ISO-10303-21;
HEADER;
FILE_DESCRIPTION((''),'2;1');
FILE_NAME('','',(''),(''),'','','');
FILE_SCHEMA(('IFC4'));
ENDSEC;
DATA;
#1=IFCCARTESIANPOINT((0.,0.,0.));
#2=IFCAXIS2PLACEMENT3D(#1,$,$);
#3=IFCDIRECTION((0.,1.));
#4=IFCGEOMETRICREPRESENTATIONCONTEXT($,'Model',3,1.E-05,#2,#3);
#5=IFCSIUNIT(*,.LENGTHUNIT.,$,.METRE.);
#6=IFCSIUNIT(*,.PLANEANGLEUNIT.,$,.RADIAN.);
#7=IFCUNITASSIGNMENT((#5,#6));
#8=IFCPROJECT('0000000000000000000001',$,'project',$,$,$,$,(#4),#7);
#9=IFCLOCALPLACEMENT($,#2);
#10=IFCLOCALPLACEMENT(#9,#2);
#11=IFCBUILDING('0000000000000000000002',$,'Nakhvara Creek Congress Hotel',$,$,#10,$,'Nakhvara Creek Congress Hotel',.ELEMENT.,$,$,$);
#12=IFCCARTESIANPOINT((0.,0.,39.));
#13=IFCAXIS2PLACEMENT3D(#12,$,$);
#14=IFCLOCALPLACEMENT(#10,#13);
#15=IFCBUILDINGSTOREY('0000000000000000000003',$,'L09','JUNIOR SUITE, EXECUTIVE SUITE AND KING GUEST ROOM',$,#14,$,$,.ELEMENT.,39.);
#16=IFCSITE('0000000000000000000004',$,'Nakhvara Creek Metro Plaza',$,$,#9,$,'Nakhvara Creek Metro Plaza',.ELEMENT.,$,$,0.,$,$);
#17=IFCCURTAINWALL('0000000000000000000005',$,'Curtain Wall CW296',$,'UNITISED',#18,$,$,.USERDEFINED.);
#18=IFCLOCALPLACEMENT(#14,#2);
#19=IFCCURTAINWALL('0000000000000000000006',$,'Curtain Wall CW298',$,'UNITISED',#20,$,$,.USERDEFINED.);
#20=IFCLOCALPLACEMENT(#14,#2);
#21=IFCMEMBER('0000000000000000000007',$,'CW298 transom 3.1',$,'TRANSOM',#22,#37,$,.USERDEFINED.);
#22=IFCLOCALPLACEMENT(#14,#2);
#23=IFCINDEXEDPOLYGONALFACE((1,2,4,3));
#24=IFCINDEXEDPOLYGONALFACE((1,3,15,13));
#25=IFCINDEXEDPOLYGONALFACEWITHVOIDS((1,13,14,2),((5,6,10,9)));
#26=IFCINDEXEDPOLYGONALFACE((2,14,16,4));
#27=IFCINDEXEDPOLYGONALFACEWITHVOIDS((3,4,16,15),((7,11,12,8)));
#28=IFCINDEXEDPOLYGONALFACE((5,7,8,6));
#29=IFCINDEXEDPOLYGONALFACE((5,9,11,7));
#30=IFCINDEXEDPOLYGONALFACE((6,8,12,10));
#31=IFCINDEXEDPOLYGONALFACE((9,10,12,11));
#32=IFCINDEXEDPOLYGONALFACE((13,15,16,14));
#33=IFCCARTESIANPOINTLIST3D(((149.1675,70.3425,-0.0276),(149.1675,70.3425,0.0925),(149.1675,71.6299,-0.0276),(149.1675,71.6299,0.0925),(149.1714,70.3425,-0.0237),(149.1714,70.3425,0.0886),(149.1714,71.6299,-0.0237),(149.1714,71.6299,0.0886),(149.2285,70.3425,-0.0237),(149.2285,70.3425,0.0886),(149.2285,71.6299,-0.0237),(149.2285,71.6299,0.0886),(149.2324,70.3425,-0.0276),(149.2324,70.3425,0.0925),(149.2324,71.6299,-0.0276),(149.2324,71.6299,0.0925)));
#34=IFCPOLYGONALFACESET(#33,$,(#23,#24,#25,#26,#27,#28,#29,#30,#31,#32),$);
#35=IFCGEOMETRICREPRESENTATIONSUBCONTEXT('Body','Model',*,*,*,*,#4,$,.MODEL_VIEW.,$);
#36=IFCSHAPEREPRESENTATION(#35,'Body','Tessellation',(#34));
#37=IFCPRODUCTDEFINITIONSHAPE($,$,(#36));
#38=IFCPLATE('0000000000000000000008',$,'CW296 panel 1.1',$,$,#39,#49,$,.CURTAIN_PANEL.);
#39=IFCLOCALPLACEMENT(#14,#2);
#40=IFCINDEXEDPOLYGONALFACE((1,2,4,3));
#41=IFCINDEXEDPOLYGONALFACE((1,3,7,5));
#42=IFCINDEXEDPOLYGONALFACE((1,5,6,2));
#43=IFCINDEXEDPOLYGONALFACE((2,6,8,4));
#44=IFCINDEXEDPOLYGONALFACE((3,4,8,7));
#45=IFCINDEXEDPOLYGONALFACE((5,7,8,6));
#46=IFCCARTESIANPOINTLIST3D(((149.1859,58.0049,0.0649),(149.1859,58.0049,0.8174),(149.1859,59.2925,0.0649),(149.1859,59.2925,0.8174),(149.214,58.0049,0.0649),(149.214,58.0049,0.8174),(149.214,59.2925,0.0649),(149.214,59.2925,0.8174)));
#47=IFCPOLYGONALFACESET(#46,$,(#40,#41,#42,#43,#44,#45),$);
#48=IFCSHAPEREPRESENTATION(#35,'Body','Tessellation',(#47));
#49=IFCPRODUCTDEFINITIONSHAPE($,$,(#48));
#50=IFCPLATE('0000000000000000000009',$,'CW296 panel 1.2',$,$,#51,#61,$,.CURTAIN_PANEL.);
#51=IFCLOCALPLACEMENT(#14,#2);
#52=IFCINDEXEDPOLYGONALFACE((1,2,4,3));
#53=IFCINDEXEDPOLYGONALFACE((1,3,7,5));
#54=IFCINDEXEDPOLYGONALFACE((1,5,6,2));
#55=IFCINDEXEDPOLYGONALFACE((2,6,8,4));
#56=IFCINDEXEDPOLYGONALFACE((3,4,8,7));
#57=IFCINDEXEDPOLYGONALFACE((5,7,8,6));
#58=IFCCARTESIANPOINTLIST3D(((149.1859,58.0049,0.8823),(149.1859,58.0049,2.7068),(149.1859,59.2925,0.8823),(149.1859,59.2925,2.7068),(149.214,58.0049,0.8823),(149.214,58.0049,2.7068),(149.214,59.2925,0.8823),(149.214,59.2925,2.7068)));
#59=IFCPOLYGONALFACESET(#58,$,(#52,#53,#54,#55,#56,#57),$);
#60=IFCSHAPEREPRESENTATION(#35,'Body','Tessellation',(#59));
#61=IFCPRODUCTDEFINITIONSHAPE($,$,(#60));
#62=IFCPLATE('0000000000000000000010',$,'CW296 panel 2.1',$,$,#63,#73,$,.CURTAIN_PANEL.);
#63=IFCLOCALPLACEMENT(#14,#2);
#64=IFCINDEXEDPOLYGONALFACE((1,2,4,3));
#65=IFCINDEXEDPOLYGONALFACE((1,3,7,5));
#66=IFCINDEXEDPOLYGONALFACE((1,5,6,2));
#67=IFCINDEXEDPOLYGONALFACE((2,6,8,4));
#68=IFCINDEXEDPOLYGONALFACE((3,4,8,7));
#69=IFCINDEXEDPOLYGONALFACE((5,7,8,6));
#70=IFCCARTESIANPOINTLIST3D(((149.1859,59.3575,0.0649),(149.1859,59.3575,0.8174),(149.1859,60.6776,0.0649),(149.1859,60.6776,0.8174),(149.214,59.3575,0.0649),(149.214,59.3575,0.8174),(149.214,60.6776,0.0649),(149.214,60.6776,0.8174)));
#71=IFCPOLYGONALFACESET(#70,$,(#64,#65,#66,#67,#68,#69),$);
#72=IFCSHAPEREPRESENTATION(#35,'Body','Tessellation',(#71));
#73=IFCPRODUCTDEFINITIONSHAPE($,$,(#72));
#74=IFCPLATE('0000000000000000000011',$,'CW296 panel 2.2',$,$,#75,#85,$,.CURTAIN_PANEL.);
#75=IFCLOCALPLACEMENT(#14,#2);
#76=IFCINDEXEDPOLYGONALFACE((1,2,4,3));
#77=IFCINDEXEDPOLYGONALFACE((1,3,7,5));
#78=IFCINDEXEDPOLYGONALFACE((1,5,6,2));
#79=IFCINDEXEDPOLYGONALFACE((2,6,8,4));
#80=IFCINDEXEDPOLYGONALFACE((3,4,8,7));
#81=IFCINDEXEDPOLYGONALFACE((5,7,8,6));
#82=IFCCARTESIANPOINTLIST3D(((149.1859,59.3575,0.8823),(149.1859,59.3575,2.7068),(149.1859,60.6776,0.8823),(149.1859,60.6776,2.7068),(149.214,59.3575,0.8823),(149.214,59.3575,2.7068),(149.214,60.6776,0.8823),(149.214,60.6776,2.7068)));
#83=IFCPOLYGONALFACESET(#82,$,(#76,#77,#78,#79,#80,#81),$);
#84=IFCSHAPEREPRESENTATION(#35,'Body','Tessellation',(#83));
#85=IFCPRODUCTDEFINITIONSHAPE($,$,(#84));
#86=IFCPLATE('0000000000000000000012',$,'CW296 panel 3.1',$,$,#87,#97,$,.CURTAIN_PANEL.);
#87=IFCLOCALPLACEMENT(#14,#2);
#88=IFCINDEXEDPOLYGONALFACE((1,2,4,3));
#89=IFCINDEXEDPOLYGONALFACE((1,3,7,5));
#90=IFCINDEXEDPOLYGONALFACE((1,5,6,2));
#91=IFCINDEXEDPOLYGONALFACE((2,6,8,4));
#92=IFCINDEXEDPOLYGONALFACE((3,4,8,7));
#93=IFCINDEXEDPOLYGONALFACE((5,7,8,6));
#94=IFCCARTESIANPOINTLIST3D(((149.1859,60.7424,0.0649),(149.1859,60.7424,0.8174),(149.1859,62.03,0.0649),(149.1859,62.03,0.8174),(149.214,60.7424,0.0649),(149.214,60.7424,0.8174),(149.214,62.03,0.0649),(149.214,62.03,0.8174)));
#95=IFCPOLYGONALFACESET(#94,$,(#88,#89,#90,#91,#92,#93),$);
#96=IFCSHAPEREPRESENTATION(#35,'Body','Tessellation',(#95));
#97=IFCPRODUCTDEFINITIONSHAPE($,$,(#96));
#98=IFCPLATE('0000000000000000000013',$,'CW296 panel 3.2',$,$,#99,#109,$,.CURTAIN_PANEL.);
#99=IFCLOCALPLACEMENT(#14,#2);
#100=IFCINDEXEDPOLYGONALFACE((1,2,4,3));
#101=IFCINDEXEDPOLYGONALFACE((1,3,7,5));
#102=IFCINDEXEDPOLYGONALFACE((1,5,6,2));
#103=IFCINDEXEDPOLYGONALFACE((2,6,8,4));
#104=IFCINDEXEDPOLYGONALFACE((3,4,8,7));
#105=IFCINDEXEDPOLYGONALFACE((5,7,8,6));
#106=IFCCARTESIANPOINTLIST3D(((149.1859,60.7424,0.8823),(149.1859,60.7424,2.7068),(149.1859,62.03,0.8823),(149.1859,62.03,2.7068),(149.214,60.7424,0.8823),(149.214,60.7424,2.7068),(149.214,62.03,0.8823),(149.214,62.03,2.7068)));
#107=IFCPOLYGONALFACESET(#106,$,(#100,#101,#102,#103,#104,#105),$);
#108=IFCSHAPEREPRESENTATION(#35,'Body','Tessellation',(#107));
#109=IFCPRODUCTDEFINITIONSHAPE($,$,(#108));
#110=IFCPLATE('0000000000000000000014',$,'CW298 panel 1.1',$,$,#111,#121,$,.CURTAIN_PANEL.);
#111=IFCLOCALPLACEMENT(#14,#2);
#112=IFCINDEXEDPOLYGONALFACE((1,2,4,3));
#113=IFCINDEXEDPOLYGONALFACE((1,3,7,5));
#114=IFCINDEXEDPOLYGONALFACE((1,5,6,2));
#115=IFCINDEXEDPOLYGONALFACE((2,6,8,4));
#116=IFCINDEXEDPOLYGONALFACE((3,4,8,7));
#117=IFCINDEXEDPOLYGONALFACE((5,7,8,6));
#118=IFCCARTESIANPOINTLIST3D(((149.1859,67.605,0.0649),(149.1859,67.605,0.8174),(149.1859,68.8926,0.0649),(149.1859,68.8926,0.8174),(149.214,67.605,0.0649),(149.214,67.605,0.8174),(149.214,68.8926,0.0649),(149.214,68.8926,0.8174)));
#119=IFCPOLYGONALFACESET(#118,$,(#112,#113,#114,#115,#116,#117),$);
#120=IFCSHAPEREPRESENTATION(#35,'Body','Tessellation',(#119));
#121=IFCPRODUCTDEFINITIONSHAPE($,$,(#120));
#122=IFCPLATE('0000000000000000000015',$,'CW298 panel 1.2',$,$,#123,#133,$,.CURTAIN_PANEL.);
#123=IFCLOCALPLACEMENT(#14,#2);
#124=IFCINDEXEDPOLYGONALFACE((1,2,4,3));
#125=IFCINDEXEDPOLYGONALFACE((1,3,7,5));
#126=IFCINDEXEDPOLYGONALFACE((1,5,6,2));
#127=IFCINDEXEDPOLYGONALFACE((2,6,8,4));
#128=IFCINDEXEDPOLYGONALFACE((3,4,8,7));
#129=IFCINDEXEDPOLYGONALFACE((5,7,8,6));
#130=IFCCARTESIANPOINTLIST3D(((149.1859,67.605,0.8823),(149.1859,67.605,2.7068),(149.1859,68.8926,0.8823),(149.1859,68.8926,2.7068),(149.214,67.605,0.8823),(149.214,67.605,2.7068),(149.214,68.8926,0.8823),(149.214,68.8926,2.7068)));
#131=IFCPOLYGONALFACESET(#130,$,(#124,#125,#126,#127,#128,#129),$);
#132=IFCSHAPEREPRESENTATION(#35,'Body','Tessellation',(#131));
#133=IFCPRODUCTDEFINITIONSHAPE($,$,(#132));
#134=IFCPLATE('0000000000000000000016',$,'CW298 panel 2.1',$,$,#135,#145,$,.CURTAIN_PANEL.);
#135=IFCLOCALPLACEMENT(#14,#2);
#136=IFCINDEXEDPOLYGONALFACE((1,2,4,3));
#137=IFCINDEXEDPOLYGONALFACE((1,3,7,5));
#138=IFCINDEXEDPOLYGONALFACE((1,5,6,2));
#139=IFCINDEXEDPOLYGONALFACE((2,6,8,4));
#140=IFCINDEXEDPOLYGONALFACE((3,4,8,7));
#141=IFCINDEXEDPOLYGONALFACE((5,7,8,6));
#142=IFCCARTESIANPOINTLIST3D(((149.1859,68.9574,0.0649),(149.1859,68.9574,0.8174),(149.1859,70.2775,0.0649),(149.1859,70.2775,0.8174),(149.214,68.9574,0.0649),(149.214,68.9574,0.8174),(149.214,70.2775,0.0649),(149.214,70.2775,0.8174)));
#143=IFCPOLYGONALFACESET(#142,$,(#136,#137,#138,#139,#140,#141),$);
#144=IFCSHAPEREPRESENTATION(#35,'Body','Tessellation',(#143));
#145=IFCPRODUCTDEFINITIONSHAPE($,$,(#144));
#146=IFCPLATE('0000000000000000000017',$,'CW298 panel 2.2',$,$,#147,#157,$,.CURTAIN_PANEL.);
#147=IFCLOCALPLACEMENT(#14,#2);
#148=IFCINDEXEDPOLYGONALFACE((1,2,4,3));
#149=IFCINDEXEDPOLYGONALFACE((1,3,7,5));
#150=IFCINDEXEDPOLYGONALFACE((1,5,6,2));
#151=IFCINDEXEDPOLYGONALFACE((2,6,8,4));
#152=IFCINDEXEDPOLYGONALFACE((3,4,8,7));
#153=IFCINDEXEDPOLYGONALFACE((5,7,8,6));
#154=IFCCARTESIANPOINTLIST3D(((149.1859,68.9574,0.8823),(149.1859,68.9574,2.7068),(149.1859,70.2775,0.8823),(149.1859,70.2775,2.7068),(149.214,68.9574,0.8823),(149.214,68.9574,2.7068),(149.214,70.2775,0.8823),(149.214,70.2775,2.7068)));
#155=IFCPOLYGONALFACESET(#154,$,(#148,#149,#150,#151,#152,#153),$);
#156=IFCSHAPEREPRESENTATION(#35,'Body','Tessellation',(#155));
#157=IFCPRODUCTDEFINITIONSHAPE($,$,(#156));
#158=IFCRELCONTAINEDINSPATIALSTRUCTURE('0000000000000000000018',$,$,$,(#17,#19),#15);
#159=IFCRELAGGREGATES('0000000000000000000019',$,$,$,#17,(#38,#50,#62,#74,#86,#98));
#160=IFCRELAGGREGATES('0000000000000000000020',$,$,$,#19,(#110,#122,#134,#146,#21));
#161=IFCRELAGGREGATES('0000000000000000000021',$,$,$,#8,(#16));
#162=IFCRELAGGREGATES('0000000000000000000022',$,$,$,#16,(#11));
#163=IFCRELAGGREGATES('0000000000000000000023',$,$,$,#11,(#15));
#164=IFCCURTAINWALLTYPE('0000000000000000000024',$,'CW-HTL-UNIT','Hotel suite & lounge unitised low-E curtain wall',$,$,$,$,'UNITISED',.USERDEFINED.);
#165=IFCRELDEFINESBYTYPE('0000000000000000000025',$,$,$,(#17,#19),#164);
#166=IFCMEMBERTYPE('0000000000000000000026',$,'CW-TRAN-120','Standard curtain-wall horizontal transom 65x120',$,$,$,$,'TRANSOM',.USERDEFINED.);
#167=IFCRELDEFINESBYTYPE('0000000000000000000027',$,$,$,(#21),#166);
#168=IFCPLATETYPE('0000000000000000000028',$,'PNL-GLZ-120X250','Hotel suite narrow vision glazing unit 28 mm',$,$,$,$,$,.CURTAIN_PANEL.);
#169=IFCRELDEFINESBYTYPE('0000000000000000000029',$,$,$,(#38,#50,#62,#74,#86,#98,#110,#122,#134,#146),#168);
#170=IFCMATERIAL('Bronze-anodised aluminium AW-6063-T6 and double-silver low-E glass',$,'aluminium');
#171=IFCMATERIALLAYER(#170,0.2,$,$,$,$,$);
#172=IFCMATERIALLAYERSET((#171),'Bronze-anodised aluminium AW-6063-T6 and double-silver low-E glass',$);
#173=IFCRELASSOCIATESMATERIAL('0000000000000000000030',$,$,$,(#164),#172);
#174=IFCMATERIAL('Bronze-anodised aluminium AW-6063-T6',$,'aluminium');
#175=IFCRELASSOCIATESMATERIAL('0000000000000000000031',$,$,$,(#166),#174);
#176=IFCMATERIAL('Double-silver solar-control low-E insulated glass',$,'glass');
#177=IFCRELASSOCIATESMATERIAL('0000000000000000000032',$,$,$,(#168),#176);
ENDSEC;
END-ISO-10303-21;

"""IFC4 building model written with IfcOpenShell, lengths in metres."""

from ifc_helpers import new_model, si_unit, direction, frame, origin, origin_2d, place, context, subcontext, project, spatial, rectangle, hollow_rectangle, extrude, material, layer, layer_set, material_profile, profile_set, type_object, element, aggregate, save


model = new_model("IFC4")

# Units and contexts
model_context = context("Model", 3, precision=1e-05, world=origin(), true_north=direction((0.0, 1.0)))
body_context = subcontext(model_context, "Body", "Model", "MODEL_VIEW")
ifc_project = project(units=[si_unit("LENGTHUNIT", "METRE"), si_unit("PLANEANGLEUNIT", "RADIAN")], contexts=[model_context])

# Site, building, storey
site_placement = place(None, origin())
site = spatial("IfcSite", under=ifc_project, at=site_placement, Name="Nakhvara Creek Metro Plaza", LongName="Nakhvara Creek Metro Plaza", CompositionType="ELEMENT", RefElevation=0.0)
building_placement = place(site_placement, origin())
building = spatial("IfcBuilding", under=site, at=building_placement, Name="Nakhvara Creek Congress Hotel", LongName="Nakhvara Creek Congress Hotel", CompositionType="ELEMENT")
storey_placement = place(building_placement, frame((0.0, 0.0, 39.0)))
storey = spatial("IfcBuildingStorey", under=building, at=storey_placement, Name="L09", Description="JUNIOR SUITE, EXECUTIVE SUITE AND KING GUEST ROOM", CompositionType="ELEMENT", Elevation=39.0)

# Curtain walls
ifc_material_1 = material(Name="Bronze-anodised aluminium AW-6063-T6 and double-silver low-E glass", Category="aluminium")
ifc_layer = layer(ifc_material_1, 0.2)
ifc_layer_set = layer_set([ifc_layer], Name="Bronze-anodised aluminium AW-6063-T6 and double-silver low-E glass")
curtain_wall_type = type_object("IfcCurtainWallType", Name="CW-HTL-UNIT", Description="Hotel suite & lounge unitised low-E curtain wall", ElementType="UNITISED", PredefinedType="USERDEFINED", material=ifc_layer_set)
curtain_wall_1_placement = place(storey_placement, origin())
curtain_wall_1 = element("IfcCurtainWall", 1, at=curtain_wall_1_placement, inside=storey, type_object=curtain_wall_type, Name="Curtain Wall CW296", ObjectType="UNITISED", PredefinedType="USERDEFINED")
ifc_material_2 = material(Name="Bronze-anodised aluminium AW-6063-T6", Category="aluminium")
curtain_wall_2_placement = place(storey_placement, origin())
curtain_wall_2 = element("IfcCurtainWall", 2, at=curtain_wall_2_placement, inside=storey, type_object=curtain_wall_type, Name="Curtain Wall CW298", ObjectType="UNITISED", PredefinedType="USERDEFINED")

# Member
ifc_material_profile_1 = material_profile(ifc_material_2, hollow_rectangle(XDim=0.0649, YDim=0.1201, WallThickness=0.0039, at=origin_2d()), Name="ALU-TRAN 65x120x4", Category="LoadBearing")
ifc_profile_set_1 = profile_set([ifc_material_profile_1], Name="Bronze-anodised aluminium AW-6063-T6")
member_type_1 = type_object("IfcMemberType", Name="CW-TRAN-120", Description="Standard curtain-wall horizontal transom 65x120", ElementType="TRANSOM", PredefinedType="USERDEFINED", material=ifc_profile_set_1)
member_1_placement = place(storey_placement, frame((149.2, 70.3425, 0.0325), z_axis=(0.0, 1.0, 0.0), x_axis=(-1.0, 0.0, 0.0)))
member_1 = element("IfcMember", 3, at=member_1_placement, type_object=member_type_1, Name="CW298 transom 3.1", ObjectType="TRANSOM", PredefinedType="USERDEFINED", context=body_context, shape_type="SweptSolid", body=[
    extrude(hollow_rectangle(XDim=0.0649, YDim=0.1201, WallThickness=0.0039, at=origin_2d()), origin(), (0.0, 0.0, 1.0), 1.2874),
])

# Plates
ifc_material_3 = material(Name="Double-silver solar-control low-E insulated glass", Category="glass")
plate_type = type_object("IfcPlateType", Name="PNL-GLZ-120X250", Description="Hotel suite narrow vision glazing unit 28 mm", PredefinedType="CURTAIN_PANEL", material=ifc_material_3)
plate_1_placement = place(storey_placement, frame((149.2, 58.6487, 0.0649), z_axis=(0.0, 0.0, 1.0), x_axis=(0.0, 1.0, 0.0)))
plate_1 = element("IfcPlate", 4, at=plate_1_placement, type_object=plate_type, Name="CW296 panel 1.1", PredefinedType="CURTAIN_PANEL", context=body_context, shape_type="SweptSolid", body=[
    extrude(rectangle(XDim=1.2876, YDim=0.0281, at=origin_2d()), origin(), (0.0, 0.0, 1.0), 0.7524),
])
plate_2_placement = place(storey_placement, frame((149.2, 58.6487, 0.8823), z_axis=(0.0, 0.0, 1.0), x_axis=(0.0, 1.0, 0.0)))
plate_2 = element("IfcPlate", 5, at=plate_2_placement, type_object=plate_type, Name="CW296 panel 1.2", PredefinedType="CURTAIN_PANEL", context=body_context, shape_type="SweptSolid", body=[
    extrude(rectangle(XDim=1.2876, YDim=0.0281, at=origin_2d()), origin(), (0.0, 0.0, 1.0), 1.8245),
])
plate_3_placement = place(storey_placement, frame((149.2, 60.0176, 0.0649), z_axis=(0.0, 0.0, 1.0), x_axis=(0.0, 1.0, 0.0)))
plate_3 = element("IfcPlate", 6, at=plate_3_placement, type_object=plate_type, Name="CW296 panel 2.1", PredefinedType="CURTAIN_PANEL", context=body_context, shape_type="SweptSolid", body=[
    extrude(rectangle(XDim=1.3201, YDim=0.0281, at=origin_2d()), origin(), (0.0, 0.0, 1.0), 0.7524),
])
plate_4_placement = place(storey_placement, frame((149.2, 60.0176, 0.8823), z_axis=(0.0, 0.0, 1.0), x_axis=(0.0, 1.0, 0.0)))
plate_4 = element("IfcPlate", 7, at=plate_4_placement, type_object=plate_type, Name="CW296 panel 2.2", PredefinedType="CURTAIN_PANEL", context=body_context, shape_type="SweptSolid", body=[
    extrude(rectangle(XDim=1.3201, YDim=0.0281, at=origin_2d()), origin(), (0.0, 0.0, 1.0), 1.8245),
])
plate_5_placement = place(storey_placement, frame((149.2, 61.3862, 0.0649), z_axis=(0.0, 0.0, 1.0), x_axis=(0.0, 1.0, 0.0)))
plate_5 = element("IfcPlate", 8, at=plate_5_placement, type_object=plate_type, Name="CW296 panel 3.1", PredefinedType="CURTAIN_PANEL", context=body_context, shape_type="SweptSolid", body=[
    extrude(rectangle(XDim=1.2876, YDim=0.0281, at=origin_2d()), origin(), (0.0, 0.0, 1.0), 0.7524),
])
plate_6_placement = place(storey_placement, frame((149.2, 61.3862, 0.8823), z_axis=(0.0, 0.0, 1.0), x_axis=(0.0, 1.0, 0.0)))
plate_6 = element("IfcPlate", 9, at=plate_6_placement, type_object=plate_type, Name="CW296 panel 3.2", PredefinedType="CURTAIN_PANEL", context=body_context, shape_type="SweptSolid", body=[
    extrude(rectangle(XDim=1.2876, YDim=0.0281, at=origin_2d()), origin(), (0.0, 0.0, 1.0), 1.8245),
])
aggregate(curtain_wall_1, [plate_1, plate_2, plate_3, plate_4, plate_5, plate_6])
plate_7_placement = place(storey_placement, frame((149.2, 68.2488, 0.0649), z_axis=(0.0, 0.0, 1.0), x_axis=(0.0, 1.0, 0.0)))
plate_7 = element("IfcPlate", 10, at=plate_7_placement, type_object=plate_type, Name="CW298 panel 1.1", PredefinedType="CURTAIN_PANEL", context=body_context, shape_type="SweptSolid", body=[
    extrude(rectangle(XDim=1.2876, YDim=0.0281, at=origin_2d()), origin(), (0.0, 0.0, 1.0), 0.7524),
])
plate_8_placement = place(storey_placement, frame((149.2, 68.2488, 0.8823), z_axis=(0.0, 0.0, 1.0), x_axis=(0.0, 1.0, 0.0)))
plate_8 = element("IfcPlate", 11, at=plate_8_placement, type_object=plate_type, Name="CW298 panel 1.2", PredefinedType="CURTAIN_PANEL", context=body_context, shape_type="SweptSolid", body=[
    extrude(rectangle(XDim=1.2876, YDim=0.0281, at=origin_2d()), origin(), (0.0, 0.0, 1.0), 1.8245),
])
plate_9_placement = place(storey_placement, frame((149.2, 69.6174, 0.0649), z_axis=(0.0, 0.0, 1.0), x_axis=(0.0, 1.0, 0.0)))
plate_9 = element("IfcPlate", 12, at=plate_9_placement, type_object=plate_type, Name="CW298 panel 2.1", PredefinedType="CURTAIN_PANEL", context=body_context, shape_type="SweptSolid", body=[
    extrude(rectangle(XDim=1.3201, YDim=0.0281, at=origin_2d()), origin(), (0.0, 0.0, 1.0), 0.7524),
])
plate_10_placement = place(storey_placement, frame((149.2, 69.6174, 0.8823), z_axis=(0.0, 0.0, 1.0), x_axis=(0.0, 1.0, 0.0)))
plate_10 = element("IfcPlate", 13, at=plate_10_placement, type_object=plate_type, Name="CW298 panel 2.2", PredefinedType="CURTAIN_PANEL", context=body_context, shape_type="SweptSolid", body=[
    extrude(rectangle(XDim=1.3201, YDim=0.0281, at=origin_2d()), origin(), (0.0, 0.0, 1.0), 1.8245),
])
aggregate(curtain_wall_2, [plate_7, plate_8, plate_9, plate_10, member_1])

save(model, "model.ifc")
